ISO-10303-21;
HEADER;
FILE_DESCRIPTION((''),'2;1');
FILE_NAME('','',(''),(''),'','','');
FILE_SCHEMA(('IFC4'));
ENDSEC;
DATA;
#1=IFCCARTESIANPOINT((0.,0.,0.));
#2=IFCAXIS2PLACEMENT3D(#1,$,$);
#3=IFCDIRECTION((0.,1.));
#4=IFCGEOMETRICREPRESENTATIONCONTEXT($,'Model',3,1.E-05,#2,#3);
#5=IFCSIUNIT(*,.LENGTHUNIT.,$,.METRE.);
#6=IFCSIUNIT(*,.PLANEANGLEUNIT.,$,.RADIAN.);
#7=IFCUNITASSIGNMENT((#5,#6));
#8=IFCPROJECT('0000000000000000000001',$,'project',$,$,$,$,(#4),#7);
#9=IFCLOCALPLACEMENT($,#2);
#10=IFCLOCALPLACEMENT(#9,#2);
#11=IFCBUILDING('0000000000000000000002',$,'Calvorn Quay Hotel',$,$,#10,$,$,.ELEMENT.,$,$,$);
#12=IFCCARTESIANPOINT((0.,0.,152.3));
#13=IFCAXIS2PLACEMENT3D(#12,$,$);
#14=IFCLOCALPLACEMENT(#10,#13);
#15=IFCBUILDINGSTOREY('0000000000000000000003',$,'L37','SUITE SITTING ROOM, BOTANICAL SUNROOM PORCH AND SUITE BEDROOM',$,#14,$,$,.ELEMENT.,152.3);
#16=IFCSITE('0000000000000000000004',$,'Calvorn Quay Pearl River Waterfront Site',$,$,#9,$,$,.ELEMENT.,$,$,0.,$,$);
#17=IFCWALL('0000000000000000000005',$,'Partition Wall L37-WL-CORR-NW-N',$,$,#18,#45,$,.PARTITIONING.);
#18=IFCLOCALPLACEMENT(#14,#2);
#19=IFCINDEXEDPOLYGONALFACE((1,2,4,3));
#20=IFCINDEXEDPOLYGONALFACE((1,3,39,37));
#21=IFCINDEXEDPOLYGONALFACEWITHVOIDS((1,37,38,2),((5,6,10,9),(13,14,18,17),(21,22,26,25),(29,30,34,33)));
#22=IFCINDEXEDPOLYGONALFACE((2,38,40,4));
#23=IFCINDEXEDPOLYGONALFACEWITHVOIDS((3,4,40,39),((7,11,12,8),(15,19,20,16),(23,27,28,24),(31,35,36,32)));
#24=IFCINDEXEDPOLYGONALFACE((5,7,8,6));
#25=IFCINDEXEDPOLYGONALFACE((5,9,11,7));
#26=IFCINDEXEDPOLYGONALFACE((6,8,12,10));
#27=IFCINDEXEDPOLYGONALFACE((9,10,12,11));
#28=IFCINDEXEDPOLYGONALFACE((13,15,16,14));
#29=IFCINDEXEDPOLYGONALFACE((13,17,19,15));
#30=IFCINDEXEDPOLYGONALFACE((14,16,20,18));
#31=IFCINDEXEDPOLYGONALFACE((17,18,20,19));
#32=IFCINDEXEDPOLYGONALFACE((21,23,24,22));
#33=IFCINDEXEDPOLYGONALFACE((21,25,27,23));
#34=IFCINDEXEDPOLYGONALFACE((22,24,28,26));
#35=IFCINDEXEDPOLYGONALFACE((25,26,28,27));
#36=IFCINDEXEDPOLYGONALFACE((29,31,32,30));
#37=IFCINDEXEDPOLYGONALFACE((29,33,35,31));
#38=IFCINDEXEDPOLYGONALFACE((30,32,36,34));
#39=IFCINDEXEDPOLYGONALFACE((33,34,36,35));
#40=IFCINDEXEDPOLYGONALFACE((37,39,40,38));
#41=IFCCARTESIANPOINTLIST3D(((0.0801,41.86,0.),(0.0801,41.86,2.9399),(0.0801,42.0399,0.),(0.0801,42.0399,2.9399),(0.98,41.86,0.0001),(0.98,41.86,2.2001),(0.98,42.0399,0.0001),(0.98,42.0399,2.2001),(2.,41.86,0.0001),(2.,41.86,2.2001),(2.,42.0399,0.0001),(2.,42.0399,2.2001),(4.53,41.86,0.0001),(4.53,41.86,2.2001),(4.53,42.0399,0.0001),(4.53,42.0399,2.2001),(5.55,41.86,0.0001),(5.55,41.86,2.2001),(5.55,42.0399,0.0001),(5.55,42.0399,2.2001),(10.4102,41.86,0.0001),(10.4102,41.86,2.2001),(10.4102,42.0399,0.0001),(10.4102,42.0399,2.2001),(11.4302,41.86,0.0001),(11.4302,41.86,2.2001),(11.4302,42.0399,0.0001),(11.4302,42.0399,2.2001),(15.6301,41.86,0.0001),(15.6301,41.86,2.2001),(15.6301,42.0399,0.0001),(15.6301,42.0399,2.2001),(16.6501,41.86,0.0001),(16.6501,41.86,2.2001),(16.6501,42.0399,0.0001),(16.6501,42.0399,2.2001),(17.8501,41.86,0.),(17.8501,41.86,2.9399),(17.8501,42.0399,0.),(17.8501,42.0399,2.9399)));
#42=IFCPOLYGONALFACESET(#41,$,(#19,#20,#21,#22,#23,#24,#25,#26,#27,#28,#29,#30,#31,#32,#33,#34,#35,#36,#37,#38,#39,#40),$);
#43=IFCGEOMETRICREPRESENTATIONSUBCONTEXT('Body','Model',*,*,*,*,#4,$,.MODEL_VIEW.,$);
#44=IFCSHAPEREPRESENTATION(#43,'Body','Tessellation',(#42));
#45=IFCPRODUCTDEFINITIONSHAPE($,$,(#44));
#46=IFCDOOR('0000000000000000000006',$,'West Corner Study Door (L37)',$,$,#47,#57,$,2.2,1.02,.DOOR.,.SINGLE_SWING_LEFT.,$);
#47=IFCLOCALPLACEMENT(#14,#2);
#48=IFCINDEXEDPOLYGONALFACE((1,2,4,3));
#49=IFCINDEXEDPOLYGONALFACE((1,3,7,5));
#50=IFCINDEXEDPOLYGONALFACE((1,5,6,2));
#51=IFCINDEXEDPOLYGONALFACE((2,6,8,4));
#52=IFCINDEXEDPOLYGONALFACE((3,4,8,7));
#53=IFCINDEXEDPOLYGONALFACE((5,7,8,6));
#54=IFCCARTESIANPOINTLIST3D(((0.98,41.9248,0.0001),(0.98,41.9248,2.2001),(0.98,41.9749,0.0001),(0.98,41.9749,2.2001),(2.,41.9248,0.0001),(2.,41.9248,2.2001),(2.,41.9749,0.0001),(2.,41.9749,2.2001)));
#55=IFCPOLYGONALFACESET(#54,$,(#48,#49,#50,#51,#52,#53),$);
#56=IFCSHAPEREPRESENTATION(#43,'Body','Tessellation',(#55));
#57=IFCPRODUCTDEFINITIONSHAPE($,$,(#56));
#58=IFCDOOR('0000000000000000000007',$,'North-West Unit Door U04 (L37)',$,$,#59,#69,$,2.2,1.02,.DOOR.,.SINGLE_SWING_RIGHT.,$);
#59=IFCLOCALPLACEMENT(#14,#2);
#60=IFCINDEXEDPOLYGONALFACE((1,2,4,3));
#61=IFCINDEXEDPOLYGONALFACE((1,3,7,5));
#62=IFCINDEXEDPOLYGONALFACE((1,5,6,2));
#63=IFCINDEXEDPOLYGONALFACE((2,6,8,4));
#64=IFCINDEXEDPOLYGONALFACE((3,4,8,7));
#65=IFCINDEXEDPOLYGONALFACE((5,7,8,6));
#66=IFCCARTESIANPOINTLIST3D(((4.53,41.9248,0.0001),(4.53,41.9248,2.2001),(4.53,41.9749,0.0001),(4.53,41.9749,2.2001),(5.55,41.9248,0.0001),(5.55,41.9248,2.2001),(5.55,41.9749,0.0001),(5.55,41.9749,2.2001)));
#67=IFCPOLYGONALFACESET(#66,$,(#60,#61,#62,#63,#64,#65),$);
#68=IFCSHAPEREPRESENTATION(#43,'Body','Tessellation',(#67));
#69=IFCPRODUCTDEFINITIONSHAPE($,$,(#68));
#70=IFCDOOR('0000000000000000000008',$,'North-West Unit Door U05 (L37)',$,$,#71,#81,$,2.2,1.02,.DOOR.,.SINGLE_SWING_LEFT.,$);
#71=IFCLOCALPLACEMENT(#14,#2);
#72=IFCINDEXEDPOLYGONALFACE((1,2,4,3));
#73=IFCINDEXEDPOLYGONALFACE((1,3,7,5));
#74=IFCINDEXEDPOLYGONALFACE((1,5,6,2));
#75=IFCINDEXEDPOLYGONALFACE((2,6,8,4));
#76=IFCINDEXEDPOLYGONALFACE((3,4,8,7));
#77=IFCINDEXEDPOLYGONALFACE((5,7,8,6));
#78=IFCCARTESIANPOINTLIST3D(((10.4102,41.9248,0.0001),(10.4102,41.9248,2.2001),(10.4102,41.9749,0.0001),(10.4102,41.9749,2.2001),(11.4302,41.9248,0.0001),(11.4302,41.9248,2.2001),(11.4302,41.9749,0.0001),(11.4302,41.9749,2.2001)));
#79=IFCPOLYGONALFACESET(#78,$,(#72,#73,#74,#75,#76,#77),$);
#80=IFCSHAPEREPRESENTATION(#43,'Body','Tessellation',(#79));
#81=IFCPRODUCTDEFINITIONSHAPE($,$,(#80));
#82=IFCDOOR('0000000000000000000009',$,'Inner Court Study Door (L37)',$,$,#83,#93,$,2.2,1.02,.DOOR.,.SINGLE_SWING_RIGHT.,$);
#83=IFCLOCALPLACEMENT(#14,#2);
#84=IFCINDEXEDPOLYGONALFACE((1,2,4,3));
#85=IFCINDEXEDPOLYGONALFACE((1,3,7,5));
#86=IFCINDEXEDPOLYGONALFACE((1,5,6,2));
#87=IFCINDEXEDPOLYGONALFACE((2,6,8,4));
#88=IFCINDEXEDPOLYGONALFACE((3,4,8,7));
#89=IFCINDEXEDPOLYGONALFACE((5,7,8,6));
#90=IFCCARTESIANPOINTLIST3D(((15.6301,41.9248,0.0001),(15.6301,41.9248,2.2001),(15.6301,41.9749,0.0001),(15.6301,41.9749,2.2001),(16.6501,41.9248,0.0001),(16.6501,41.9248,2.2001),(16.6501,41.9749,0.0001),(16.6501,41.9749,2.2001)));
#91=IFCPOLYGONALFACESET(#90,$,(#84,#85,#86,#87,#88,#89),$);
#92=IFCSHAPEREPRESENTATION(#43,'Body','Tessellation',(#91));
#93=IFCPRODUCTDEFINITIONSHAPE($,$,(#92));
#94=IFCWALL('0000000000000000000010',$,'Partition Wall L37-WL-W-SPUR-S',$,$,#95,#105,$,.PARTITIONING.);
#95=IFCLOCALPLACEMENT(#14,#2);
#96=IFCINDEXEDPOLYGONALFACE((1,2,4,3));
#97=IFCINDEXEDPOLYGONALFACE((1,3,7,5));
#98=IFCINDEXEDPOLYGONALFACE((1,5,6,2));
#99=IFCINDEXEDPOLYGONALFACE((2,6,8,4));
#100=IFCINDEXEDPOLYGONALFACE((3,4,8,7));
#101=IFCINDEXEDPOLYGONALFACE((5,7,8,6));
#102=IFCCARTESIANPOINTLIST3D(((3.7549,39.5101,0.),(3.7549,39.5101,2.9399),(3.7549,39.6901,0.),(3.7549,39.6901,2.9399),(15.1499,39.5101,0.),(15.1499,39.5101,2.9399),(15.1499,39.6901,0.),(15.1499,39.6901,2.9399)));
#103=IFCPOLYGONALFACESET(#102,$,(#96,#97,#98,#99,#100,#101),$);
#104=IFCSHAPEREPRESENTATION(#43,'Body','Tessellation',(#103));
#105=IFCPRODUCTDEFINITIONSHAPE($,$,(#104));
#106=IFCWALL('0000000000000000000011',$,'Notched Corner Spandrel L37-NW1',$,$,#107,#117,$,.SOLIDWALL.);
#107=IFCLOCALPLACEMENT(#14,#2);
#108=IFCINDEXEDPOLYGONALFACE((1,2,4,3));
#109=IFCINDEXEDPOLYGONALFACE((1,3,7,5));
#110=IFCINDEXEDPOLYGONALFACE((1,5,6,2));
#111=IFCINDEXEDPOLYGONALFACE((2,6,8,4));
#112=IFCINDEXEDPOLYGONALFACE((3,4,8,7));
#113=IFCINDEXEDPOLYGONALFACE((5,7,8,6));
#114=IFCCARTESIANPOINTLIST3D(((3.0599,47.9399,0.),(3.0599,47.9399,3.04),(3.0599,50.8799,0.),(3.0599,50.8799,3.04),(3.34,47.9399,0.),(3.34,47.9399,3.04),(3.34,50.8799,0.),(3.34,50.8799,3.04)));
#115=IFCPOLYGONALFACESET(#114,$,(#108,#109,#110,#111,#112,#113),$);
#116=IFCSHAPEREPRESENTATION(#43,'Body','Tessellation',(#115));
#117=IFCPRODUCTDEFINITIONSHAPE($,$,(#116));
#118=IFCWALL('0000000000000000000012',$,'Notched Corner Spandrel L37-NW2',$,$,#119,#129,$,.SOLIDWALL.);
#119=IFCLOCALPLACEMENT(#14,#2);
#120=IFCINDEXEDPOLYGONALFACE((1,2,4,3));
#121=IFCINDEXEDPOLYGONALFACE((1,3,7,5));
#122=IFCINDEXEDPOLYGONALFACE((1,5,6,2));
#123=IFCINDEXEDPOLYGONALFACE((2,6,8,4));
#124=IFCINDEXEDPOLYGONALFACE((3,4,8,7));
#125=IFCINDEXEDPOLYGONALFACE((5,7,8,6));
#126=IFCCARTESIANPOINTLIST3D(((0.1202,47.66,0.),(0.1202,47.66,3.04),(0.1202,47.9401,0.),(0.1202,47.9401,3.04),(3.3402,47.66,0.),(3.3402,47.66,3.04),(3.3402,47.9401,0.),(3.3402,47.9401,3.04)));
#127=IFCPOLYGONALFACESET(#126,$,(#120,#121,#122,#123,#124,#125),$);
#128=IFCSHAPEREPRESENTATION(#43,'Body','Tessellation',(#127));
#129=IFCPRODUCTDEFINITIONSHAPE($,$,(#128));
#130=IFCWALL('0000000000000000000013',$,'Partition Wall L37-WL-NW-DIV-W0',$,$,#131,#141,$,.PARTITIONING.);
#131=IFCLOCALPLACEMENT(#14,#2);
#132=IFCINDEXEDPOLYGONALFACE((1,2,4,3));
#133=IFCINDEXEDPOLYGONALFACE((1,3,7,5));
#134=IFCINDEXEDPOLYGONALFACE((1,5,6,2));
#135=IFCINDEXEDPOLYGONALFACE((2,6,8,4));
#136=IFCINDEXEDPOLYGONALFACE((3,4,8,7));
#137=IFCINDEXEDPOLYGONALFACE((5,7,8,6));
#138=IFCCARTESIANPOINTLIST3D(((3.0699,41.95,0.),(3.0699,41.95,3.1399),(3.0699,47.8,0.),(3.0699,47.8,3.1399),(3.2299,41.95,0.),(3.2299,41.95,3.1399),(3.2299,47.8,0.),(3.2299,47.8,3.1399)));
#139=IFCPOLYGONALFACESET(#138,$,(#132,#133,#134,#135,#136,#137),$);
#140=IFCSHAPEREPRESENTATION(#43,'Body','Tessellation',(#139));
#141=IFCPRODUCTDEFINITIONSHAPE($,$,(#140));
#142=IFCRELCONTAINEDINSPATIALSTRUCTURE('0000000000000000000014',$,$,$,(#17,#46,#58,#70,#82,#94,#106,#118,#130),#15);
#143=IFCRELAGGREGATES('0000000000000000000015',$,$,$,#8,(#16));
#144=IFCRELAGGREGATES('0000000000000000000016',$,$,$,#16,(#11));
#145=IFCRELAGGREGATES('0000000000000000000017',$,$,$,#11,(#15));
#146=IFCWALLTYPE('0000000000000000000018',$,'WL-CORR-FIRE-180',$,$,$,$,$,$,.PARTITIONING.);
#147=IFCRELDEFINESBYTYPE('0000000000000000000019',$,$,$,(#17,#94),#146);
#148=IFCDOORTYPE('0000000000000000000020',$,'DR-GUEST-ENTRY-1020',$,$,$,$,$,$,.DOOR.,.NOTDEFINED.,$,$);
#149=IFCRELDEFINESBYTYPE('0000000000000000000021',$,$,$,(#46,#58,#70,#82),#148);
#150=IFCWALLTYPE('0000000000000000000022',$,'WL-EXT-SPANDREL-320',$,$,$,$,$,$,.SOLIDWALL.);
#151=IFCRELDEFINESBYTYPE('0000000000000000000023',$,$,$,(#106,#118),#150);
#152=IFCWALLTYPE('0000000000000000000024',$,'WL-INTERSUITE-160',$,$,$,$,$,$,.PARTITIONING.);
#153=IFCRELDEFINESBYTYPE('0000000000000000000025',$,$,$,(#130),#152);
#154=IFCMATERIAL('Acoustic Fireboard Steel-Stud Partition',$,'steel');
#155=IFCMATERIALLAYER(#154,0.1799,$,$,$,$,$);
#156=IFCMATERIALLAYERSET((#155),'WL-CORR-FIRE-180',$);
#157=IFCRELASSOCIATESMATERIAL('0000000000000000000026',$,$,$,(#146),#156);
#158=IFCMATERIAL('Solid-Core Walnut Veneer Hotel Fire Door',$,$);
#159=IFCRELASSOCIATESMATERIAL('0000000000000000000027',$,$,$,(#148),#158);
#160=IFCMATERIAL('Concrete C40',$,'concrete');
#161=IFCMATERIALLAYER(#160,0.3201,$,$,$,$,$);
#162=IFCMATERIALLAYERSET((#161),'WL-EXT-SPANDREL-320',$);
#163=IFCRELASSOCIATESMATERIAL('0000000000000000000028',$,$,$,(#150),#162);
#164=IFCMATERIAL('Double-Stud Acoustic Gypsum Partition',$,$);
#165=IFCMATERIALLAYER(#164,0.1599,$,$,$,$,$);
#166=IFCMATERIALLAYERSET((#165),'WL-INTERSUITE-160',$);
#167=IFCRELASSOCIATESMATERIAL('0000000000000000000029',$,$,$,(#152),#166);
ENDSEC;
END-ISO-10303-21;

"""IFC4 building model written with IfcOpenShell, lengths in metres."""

from ifc_helpers import new_model, si_unit, direction, frame, frame_2d, origin, place, context, subcontext, project, spatial, rectangle, extrude, material, layer, layer_set, type_object, element, fill, save


model = new_model("IFC4")

# Units and contexts
model_context = context("Model", 3, precision=1e-05, world=origin(), true_north=direction((0.0, 1.0)))
body_context = subcontext(model_context, "Body", "Model", "MODEL_VIEW")
ifc_project = project(units=[si_unit("LENGTHUNIT", "METRE"), si_unit("PLANEANGLEUNIT", "RADIAN")], contexts=[model_context])

# Site, building, storey
site_placement = place(None, origin())
site = spatial("IfcSite", under=ifc_project, at=site_placement, Name="Calvorn Quay Pearl River Waterfront Site", CompositionType="ELEMENT", RefElevation=0.0)
building_placement = place(site_placement, origin())
building = spatial("IfcBuilding", under=site, at=building_placement, Name="Calvorn Quay Hotel", CompositionType="ELEMENT")
storey_placement = place(building_placement, frame((0.0, 0.0, 152.3)))
storey = spatial("IfcBuildingStorey", under=building, at=storey_placement, Name="L37", Description="SUITE SITTING ROOM, BOTANICAL SUNROOM PORCH AND SUITE BEDROOM", CompositionType="ELEMENT", Elevation=152.3)

# Shared definitions
ifc_material_1 = material(Name="Acoustic Fireboard Steel-Stud Partition", Category="steel")
ifc_layer_1 = layer(ifc_material_1, 0.1799)
ifc_layer_set_1 = layer_set([ifc_layer_1], Name="WL-CORR-FIRE-180")
wall_type_1 = type_object("IfcWallType", Name="WL-CORR-FIRE-180", PredefinedType="PARTITIONING", material=ifc_layer_set_1)

# Wall, openings, doors
wall_1_placement = place(storey_placement, frame((0.0801, 41.95, 0.0), z_axis=(0.0, 0.0, 1.0), x_axis=(1.0, 0.0, 0.0)))
wall_1 = element("IfcWall", 1, at=wall_1_placement, inside=storey, type_object=wall_type_1, Name="Partition Wall L37-WL-CORR-NW-N", PredefinedType="PARTITIONING", context=body_context, shape_type="SweptSolid", body=[
    extrude(rectangle(XDim=17.77, YDim=0.1799, at=frame_2d((8.885, 0.0))), origin(), (0.0, 0.0, 1.0), 2.9399),
])
opening_1_placement = place(wall_1_placement, frame((0.8999, 0.0, 0.0)))
opening_1 = element("IfcOpeningElement", 2, at=opening_1_placement, cuts=wall_1, PredefinedType="OPENING", context=body_context, shape_type="SweptSolid", body=[
    extrude(rectangle(XDim=1.02, YDim=2.2, at=frame_2d((0.51, 1.1001))), frame((0.0, 0.0999, 0.0), z_axis=(0.0, -1.0, 0.0), x_axis=(1.0, 0.0, 0.0)), (0.0, 0.0, 1.0), 0.2),
])
opening_2_placement = place(wall_1_placement, frame((4.45, 0.0, 0.0)))
opening_2 = element("IfcOpeningElement", 3, at=opening_2_placement, cuts=wall_1, PredefinedType="OPENING", context=body_context, shape_type="SweptSolid", body=[
    extrude(rectangle(XDim=1.02, YDim=2.2, at=frame_2d((0.51, 1.1001))), frame((0.0, 0.0999, 0.0), z_axis=(0.0, -1.0, 0.0), x_axis=(1.0, 0.0, 0.0)), (0.0, 0.0, 1.0), 0.2),
])
opening_3_placement = place(wall_1_placement, frame((10.3301, 0.0, 0.0)))
opening_3 = element("IfcOpeningElement", 4, at=opening_3_placement, cuts=wall_1, PredefinedType="OPENING", context=body_context, shape_type="SweptSolid", body=[
    extrude(rectangle(XDim=1.02, YDim=2.2, at=frame_2d((0.51, 1.1001))), frame((0.0, 0.0999, 0.0), z_axis=(0.0, -1.0, 0.0), x_axis=(1.0, 0.0, 0.0)), (0.0, 0.0, 1.0), 0.2),
])
opening_4_placement = place(wall_1_placement, frame((15.55, 0.0, 0.0)))
opening_4 = element("IfcOpeningElement", 5, at=opening_4_placement, cuts=wall_1, PredefinedType="OPENING", context=body_context, shape_type="SweptSolid", body=[
    extrude(rectangle(XDim=1.02, YDim=2.2, at=frame_2d((0.51, 1.1001))), frame((0.0, 0.0999, 0.0), z_axis=(0.0, -1.0, 0.0), x_axis=(1.0, 0.0, 0.0)), (0.0, 0.0, 1.0), 0.2),
])
ifc_material_2 = material(Name="Solid-Core Walnut Veneer Hotel Fire Door")
door_type_1 = type_object("IfcDoorType", Name="DR-GUEST-ENTRY-1020", OperationType="NOTDEFINED", PredefinedType="DOOR", material=ifc_material_2)
door_1_placement = place(opening_1_placement, origin())
door_1 = element("IfcDoor", 6, at=door_1_placement, inside=storey, type_object=door_type_1, Name="West Corner Study Door (L37)", OperationType="SINGLE_SWING_LEFT", OverallHeight=2.2, OverallWidth=1.02, PredefinedType="DOOR", context=body_context, shape_type="SweptSolid", body=[
    extrude(rectangle(XDim=1.02, YDim=2.2, at=frame_2d((0.51, 1.1001))), frame((0.0, 0.0249, 0.0), z_axis=(0.0, -1.0, 0.0), x_axis=(1.0, 0.0, 0.0)), (0.0, 0.0, 1.0), 0.05),
])
fill(opening_1, door_1)
door_2_placement = place(opening_2_placement, origin())
door_2 = element("IfcDoor", 7, at=door_2_placement, inside=storey, type_object=door_type_1, Name="North-West Unit Door U04 (L37)", OperationType="SINGLE_SWING_RIGHT", OverallHeight=2.2, OverallWidth=1.02, PredefinedType="DOOR", context=body_context, shape_type="SweptSolid", body=[
    extrude(rectangle(XDim=1.02, YDim=2.2, at=frame_2d((0.51, 1.1001))), frame((0.0, 0.0249, 0.0), z_axis=(0.0, -1.0, 0.0), x_axis=(1.0, 0.0, 0.0)), (0.0, 0.0, 1.0), 0.05),
])
fill(opening_2, door_2)
door_3_placement = place(opening_3_placement, origin())
door_3 = element("IfcDoor", 8, at=door_3_placement, inside=storey, type_object=door_type_1, Name="North-West Unit Door U05 (L37)", OperationType="SINGLE_SWING_LEFT", OverallHeight=2.2, OverallWidth=1.02, PredefinedType="DOOR", context=body_context, shape_type="SweptSolid", body=[
    extrude(rectangle(XDim=1.02, YDim=2.2, at=frame_2d((0.51, 1.1001))), frame((0.0, 0.0249, 0.0), z_axis=(0.0, -1.0, 0.0), x_axis=(1.0, 0.0, 0.0)), (0.0, 0.0, 1.0), 0.05),
])
fill(opening_3, door_3)
door_4_placement = place(opening_4_placement, origin())
door_4 = element("IfcDoor", 9, at=door_4_placement, inside=storey, type_object=door_type_1, Name="Inner Court Study Door (L37)", OperationType="SINGLE_SWING_RIGHT", OverallHeight=2.2, OverallWidth=1.02, PredefinedType="DOOR", context=body_context, shape_type="SweptSolid", body=[
    extrude(rectangle(XDim=1.02, YDim=2.2, at=frame_2d((0.51, 1.1001))), frame((0.0, 0.0249, 0.0), z_axis=(0.0, -1.0, 0.0), x_axis=(1.0, 0.0, 0.0)), (0.0, 0.0, 1.0), 0.05),
])
fill(opening_4, door_4)

# Walls
wall_2_placement = place(storey_placement, frame((3.7549, 39.6001, 0.0), z_axis=(0.0, 0.0, 1.0), x_axis=(1.0, 0.0, 0.0)))
element("IfcWall", 10, at=wall_2_placement, inside=storey, type_object=wall_type_1, Name="Partition Wall L37-WL-W-SPUR-S", PredefinedType="PARTITIONING", context=body_context, shape_type="SweptSolid", body=[
    extrude(rectangle(XDim=11.395, YDim=0.1799, at=frame_2d((5.6975, 0.0))), origin(), (0.0, 0.0, 1.0), 2.9399),
])
ifc_material_3 = material(Name="Concrete C40", Category="concrete")
ifc_layer_2 = layer(ifc_material_3, 0.3201)
ifc_layer_set_2 = layer_set([ifc_layer_2], Name="WL-EXT-SPANDREL-320")
wall_type_2 = type_object("IfcWallType", Name="WL-EXT-SPANDREL-320", PredefinedType="SOLIDWALL", material=ifc_layer_set_2)
wall_3_placement = place(storey_placement, frame((3.2, 50.8799, 0.0), z_axis=(0.0, 0.0, 1.0), x_axis=(0.0, -1.0, 0.0)))
element("IfcWall", 11, at=wall_3_placement, inside=storey, type_object=wall_type_2, Name="Notched Corner Spandrel L37-NW1", PredefinedType="SOLIDWALL", context=body_context, shape_type="SweptSolid", body=[
    extrude(rectangle(XDim=2.9399, YDim=0.28, at=frame_2d((1.47, 0.0))), origin(), (0.0, 0.0, 1.0), 3.04),
])
wall_4_placement = place(storey_placement, frame((3.3401, 47.8, 0.0), z_axis=(0.0, 0.0, 1.0), x_axis=(-1.0, 0.0, 0.0)))
element("IfcWall", 12, at=wall_4_placement, inside=storey, type_object=wall_type_2, Name="Notched Corner Spandrel L37-NW2", PredefinedType="SOLIDWALL", context=body_context, shape_type="SweptSolid", body=[
    extrude(rectangle(XDim=3.22, YDim=0.28, at=frame_2d((1.6099, 0.0))), origin(), (0.0, 0.0, 1.0), 3.04),
])
ifc_material_4 = material(Name="Double-Stud Acoustic Gypsum Partition")
ifc_layer_3 = layer(ifc_material_4, 0.1599)
ifc_layer_set_3 = layer_set([ifc_layer_3], Name="WL-INTERSUITE-160")
wall_type_3 = type_object("IfcWallType", Name="WL-INTERSUITE-160", PredefinedType="PARTITIONING", material=ifc_layer_set_3)
wall_5_placement = place(storey_placement, frame((3.1499, 41.95, 0.0), z_axis=(0.0, 0.0, 1.0), x_axis=(0.0, 1.0, 0.0)))
element("IfcWall", 13, at=wall_5_placement, inside=storey, type_object=wall_type_3, Name="Partition Wall L37-WL-NW-DIV-W0", PredefinedType="PARTITIONING", context=body_context, shape_type="SweptSolid", body=[
    extrude(rectangle(XDim=5.8501, YDim=0.1599, at=frame_2d((2.925, 0.0))), origin(), (0.0, 0.0, 1.0), 3.1399),
])

save(model, "model.ifc")
